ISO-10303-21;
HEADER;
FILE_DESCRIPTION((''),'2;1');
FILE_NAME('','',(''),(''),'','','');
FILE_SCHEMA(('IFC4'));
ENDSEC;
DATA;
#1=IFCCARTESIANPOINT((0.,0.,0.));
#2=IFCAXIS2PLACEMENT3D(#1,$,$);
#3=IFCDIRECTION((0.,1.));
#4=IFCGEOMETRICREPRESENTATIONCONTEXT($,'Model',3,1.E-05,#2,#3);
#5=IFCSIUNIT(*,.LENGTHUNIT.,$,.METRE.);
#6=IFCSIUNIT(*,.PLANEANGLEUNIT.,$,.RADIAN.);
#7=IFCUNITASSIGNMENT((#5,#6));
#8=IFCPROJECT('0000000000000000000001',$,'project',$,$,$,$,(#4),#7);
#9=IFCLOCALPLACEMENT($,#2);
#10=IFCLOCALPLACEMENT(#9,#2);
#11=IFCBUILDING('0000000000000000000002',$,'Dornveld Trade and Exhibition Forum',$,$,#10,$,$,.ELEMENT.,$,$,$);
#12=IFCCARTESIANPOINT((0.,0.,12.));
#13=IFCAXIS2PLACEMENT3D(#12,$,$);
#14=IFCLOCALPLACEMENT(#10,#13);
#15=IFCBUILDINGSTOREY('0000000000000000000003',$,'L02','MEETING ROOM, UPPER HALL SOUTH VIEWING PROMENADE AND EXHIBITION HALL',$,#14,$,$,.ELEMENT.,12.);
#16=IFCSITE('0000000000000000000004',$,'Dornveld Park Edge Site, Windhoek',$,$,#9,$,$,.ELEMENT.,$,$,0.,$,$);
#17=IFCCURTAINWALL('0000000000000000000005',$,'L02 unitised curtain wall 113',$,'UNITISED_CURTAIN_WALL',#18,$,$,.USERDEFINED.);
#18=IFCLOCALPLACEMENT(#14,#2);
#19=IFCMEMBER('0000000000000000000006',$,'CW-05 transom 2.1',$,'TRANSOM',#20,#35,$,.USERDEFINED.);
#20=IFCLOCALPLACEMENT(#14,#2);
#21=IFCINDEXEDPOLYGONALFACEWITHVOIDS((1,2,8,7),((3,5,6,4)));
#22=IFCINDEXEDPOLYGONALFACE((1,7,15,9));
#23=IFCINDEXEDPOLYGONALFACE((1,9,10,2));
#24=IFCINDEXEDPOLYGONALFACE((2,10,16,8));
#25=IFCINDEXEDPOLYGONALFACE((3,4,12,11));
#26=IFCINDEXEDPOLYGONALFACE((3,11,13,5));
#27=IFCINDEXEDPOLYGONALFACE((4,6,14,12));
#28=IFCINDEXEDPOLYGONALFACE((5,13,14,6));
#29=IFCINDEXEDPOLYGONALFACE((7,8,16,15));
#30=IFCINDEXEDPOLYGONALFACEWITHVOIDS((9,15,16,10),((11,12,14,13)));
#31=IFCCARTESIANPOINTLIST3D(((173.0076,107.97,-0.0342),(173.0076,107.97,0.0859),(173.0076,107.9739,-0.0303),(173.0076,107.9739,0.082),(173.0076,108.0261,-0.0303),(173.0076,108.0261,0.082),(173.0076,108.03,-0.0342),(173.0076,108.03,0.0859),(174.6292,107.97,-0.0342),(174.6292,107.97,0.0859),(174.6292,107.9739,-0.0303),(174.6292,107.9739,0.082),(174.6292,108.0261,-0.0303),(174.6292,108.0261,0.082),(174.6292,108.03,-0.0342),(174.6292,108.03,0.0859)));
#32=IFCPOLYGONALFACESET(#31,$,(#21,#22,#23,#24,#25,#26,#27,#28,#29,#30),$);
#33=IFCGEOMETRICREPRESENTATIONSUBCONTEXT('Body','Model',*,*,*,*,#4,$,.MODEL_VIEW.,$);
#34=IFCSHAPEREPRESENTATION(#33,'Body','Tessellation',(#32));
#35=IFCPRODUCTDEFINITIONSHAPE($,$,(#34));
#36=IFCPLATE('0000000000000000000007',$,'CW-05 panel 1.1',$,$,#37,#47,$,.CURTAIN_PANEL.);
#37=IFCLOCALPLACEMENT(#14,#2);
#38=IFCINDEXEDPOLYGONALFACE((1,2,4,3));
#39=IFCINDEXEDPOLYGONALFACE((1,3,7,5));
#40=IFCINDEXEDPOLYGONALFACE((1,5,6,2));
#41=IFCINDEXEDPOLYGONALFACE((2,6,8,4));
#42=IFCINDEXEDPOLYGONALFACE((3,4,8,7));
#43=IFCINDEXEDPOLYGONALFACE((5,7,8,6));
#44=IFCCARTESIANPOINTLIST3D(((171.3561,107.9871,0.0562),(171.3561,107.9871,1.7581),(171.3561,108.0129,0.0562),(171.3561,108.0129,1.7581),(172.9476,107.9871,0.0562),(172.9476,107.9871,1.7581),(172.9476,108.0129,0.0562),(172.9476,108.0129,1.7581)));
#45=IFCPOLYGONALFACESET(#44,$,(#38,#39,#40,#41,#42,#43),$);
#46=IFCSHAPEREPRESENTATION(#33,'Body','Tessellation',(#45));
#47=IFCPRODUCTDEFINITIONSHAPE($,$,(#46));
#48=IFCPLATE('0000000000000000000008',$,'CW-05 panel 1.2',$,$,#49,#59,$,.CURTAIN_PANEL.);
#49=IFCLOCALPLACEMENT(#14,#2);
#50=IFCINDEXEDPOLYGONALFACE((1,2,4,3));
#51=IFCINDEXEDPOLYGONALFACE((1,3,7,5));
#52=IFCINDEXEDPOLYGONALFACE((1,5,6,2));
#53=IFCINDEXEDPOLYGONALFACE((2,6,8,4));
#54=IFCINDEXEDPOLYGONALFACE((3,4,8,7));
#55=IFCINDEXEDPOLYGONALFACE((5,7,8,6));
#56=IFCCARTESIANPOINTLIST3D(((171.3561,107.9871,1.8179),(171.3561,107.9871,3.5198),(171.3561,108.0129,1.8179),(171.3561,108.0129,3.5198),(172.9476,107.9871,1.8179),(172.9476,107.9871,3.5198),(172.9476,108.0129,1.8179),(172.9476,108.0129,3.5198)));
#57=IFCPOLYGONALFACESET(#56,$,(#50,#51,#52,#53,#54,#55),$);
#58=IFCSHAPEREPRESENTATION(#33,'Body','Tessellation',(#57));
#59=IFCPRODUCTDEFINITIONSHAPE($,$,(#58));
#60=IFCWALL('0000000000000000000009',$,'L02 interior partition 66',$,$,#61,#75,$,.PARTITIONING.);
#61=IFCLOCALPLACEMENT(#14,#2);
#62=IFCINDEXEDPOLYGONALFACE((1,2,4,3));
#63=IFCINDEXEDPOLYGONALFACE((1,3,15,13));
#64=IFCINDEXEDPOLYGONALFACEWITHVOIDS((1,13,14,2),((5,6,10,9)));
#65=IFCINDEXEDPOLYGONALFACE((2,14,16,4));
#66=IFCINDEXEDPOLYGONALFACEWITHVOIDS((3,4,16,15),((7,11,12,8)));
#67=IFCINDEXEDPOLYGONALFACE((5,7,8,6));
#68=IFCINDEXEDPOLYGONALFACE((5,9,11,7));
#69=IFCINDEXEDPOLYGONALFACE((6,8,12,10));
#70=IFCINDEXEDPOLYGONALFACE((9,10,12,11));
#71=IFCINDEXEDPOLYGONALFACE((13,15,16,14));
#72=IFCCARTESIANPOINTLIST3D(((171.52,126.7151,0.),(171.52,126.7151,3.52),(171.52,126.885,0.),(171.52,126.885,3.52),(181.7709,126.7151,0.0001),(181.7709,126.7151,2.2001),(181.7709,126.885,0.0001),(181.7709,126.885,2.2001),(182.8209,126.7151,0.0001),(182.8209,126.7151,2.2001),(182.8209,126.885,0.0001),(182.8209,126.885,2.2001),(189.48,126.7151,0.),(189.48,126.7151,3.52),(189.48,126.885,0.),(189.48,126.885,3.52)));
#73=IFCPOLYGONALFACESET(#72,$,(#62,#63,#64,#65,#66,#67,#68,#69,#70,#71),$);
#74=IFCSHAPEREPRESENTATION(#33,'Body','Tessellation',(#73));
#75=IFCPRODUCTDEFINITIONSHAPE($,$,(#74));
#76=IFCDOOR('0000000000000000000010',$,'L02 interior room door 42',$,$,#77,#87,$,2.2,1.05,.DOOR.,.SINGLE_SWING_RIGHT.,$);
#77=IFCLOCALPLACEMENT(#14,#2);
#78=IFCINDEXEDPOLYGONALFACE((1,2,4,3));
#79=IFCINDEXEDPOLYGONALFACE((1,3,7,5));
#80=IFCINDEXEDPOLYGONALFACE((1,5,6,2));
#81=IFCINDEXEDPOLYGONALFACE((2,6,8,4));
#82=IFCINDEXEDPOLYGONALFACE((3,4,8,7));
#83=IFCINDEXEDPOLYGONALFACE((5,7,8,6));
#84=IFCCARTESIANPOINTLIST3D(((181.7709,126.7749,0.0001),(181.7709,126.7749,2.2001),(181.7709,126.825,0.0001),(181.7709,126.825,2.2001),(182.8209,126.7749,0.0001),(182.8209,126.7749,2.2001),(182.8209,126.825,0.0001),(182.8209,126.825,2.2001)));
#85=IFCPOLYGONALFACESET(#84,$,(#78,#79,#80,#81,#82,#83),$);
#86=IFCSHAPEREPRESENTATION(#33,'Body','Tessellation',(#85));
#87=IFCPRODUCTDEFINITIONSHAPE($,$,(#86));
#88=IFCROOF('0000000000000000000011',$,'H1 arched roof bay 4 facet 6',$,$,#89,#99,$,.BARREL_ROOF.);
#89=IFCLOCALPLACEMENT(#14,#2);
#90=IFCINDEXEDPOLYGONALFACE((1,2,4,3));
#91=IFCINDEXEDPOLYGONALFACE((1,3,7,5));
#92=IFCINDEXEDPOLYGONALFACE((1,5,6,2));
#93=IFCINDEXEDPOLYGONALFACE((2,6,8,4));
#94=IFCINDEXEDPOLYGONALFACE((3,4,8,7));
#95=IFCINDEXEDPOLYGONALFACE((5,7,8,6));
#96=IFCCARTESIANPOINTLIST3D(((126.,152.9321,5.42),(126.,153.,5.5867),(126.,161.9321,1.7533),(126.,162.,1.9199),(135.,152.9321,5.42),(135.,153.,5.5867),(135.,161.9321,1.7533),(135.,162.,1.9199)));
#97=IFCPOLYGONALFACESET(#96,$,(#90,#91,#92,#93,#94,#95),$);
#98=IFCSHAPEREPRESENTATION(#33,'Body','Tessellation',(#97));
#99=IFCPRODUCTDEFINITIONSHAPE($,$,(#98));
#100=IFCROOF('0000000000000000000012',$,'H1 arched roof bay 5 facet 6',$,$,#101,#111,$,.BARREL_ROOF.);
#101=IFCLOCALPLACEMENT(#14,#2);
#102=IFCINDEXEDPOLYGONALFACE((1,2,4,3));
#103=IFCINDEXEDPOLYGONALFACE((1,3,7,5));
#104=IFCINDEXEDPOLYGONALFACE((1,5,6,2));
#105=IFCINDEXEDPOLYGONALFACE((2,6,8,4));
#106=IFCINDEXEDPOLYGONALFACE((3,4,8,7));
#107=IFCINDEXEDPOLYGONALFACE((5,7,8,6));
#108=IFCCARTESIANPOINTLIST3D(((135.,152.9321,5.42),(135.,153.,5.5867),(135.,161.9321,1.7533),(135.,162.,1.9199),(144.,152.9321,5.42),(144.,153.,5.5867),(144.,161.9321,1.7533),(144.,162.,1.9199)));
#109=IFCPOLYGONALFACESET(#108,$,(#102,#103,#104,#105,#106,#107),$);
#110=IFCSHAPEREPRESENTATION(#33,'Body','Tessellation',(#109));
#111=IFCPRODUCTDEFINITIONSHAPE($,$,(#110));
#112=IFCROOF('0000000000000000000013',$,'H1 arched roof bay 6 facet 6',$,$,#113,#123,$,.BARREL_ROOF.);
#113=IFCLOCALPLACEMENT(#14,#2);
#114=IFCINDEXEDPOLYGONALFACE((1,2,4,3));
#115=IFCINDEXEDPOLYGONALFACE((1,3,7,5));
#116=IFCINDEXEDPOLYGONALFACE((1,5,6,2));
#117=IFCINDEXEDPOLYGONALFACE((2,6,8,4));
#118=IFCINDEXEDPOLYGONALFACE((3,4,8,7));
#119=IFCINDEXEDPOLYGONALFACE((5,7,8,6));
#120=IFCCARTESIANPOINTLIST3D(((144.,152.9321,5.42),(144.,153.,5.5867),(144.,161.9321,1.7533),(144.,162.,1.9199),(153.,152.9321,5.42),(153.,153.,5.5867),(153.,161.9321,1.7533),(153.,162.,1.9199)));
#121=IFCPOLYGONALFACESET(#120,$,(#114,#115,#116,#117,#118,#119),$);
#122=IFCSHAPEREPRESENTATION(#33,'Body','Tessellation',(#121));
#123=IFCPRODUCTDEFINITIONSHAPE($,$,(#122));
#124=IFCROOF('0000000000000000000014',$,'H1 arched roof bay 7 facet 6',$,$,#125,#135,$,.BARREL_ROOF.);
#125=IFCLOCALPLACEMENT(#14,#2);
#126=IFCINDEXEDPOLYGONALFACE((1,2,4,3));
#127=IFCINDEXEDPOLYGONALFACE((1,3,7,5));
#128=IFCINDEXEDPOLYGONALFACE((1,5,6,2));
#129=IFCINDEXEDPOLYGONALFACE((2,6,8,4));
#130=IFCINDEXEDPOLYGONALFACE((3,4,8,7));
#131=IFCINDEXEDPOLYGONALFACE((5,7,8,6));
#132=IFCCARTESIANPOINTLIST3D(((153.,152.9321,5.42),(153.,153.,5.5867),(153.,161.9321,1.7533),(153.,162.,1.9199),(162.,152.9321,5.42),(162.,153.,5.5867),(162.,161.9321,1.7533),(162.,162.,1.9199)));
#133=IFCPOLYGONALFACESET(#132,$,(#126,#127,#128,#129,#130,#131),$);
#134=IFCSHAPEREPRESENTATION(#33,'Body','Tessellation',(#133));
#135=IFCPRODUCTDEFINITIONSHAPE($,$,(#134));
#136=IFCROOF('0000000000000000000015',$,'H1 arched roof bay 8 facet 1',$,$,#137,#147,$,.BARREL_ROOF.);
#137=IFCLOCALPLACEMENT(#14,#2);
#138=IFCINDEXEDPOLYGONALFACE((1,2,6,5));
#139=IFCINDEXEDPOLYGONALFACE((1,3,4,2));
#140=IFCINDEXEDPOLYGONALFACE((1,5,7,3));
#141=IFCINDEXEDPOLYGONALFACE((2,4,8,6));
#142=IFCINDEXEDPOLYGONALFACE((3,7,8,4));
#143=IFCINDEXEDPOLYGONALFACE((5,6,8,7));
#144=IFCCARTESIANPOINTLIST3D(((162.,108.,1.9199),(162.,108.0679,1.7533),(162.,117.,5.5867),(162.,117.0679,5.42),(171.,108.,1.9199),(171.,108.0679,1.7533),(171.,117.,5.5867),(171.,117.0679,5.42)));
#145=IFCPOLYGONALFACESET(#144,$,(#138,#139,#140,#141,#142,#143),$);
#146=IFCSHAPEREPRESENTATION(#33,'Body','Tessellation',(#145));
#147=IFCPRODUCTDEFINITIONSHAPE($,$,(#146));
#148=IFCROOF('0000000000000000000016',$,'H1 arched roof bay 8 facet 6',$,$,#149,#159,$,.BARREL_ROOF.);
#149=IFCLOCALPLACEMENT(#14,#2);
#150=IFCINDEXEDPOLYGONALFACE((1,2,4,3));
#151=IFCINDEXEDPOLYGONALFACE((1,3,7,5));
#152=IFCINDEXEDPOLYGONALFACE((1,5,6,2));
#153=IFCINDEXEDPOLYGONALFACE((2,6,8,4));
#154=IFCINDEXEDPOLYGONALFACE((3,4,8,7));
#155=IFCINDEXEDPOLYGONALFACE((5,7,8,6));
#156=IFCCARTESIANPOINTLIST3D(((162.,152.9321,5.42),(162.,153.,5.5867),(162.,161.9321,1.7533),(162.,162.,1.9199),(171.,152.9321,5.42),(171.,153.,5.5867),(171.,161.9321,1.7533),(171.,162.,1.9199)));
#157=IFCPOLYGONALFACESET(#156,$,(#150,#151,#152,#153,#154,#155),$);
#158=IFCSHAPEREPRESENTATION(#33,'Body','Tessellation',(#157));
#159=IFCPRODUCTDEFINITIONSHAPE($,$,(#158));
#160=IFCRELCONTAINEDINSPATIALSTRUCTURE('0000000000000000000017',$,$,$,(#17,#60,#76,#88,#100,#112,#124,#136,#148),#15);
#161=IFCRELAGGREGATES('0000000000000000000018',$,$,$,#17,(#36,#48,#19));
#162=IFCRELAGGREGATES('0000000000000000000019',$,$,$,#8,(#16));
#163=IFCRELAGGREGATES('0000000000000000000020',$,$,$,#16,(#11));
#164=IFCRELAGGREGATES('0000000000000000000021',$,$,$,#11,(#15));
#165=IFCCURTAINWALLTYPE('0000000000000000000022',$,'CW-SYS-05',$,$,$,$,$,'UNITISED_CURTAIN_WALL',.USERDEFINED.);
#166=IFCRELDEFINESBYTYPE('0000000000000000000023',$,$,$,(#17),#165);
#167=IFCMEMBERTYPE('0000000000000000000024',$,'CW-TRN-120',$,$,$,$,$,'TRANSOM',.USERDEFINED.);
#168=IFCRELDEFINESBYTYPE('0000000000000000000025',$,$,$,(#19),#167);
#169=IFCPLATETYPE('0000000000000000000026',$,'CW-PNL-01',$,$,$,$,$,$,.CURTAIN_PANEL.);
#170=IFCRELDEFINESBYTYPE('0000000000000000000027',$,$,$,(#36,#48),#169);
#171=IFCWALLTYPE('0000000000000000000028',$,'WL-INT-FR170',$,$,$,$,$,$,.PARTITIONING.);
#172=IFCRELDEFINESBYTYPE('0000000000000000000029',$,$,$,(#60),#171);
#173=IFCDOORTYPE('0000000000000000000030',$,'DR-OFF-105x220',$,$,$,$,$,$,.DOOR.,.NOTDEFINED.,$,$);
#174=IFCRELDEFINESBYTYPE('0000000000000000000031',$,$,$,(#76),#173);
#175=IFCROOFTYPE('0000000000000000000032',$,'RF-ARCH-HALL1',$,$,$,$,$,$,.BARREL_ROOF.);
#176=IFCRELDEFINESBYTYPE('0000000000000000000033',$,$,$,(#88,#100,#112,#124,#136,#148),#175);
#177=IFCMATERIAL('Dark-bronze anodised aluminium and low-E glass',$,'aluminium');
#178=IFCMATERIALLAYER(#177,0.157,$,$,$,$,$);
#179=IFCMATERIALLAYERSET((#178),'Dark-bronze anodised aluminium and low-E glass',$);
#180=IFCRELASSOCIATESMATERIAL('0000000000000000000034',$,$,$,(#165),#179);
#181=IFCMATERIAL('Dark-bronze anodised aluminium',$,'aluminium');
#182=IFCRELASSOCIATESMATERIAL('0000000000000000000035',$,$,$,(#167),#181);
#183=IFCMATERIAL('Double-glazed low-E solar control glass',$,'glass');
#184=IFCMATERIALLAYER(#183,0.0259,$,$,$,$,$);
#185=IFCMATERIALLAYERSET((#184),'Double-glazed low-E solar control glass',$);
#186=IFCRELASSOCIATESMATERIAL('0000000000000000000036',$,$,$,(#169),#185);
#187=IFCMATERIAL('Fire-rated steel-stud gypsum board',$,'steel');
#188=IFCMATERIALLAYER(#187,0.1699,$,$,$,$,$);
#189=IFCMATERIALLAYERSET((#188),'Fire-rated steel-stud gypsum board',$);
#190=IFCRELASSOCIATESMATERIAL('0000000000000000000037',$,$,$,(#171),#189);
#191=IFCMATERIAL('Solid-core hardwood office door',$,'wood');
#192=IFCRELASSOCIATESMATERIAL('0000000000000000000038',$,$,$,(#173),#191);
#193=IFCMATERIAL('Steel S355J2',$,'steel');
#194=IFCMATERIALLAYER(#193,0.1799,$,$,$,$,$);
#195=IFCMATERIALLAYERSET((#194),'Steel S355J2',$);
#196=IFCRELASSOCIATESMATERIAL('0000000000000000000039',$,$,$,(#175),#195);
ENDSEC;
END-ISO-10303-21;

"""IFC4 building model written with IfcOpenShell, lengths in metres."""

from ifc_helpers import new_model, si_unit, direction, frame, frame_2d, origin, origin_2d, place, context, subcontext, project, spatial, polyline, rectangle, hollow_rectangle, outline, extrude, material, layer, layer_set, material_profile, profile_set, type_object, element, fill, aggregate, save


model = new_model("IFC4")

# Units and contexts
model_context = context("Model", 3, precision=1e-05, world=origin(), true_north=direction((0.0, 1.0)))
body_context = subcontext(model_context, "Body", "Model", "MODEL_VIEW")
ifc_project = project(units=[si_unit("LENGTHUNIT", "METRE"), si_unit("PLANEANGLEUNIT", "RADIAN")], contexts=[model_context])

# Site, building, storey
site_placement = place(None, origin())
site = spatial("IfcSite", under=ifc_project, at=site_placement, Name="Dornveld Park Edge Site, Windhoek", CompositionType="ELEMENT", RefElevation=0.0)
building_placement = place(site_placement, origin())
building = spatial("IfcBuilding", under=site, at=building_placement, Name="Dornveld Trade and Exhibition Forum", CompositionType="ELEMENT")
storey_placement = place(building_placement, frame((0.0, 0.0, 12.0)))
storey = spatial("IfcBuildingStorey", under=building, at=storey_placement, Name="L02", Description="MEETING ROOM, UPPER HALL SOUTH VIEWING PROMENADE AND EXHIBITION HALL", CompositionType="ELEMENT", Elevation=12.0)

# Curtain wall, member, plates
ifc_material_1 = material(Name="Dark-bronze anodised aluminium and low-E glass", Category="aluminium")
ifc_layer_1 = layer(ifc_material_1, 0.157)
ifc_layer_set_1 = layer_set([ifc_layer_1], Name="Dark-bronze anodised aluminium and low-E glass")
curtain_wall_type = type_object("IfcCurtainWallType", Name="CW-SYS-05", ElementType="UNITISED_CURTAIN_WALL", PredefinedType="USERDEFINED", material=ifc_layer_set_1)
curtain_wall_placement = place(storey_placement, origin())
curtain_wall = element("IfcCurtainWall", 1, at=curtain_wall_placement, inside=storey, type_object=curtain_wall_type, Name="L02 unitised curtain wall 113", ObjectType="UNITISED_CURTAIN_WALL", PredefinedType="USERDEFINED")
ifc_material_2 = material(Name="Dark-bronze anodised aluminium", Category="aluminium")
ifc_material_profile_1 = material_profile(ifc_material_2, hollow_rectangle(XDim=0.0601, YDim=0.1201, WallThickness=0.0039, at=origin_2d()), Name="RHS 120x60x4")
ifc_profile_set_1 = profile_set([ifc_material_profile_1], Name="Dark-bronze anodised aluminium")
member_type_1 = type_object("IfcMemberType", Name="CW-TRN-120", ElementType="TRANSOM", PredefinedType="USERDEFINED", material=ifc_profile_set_1)
member_1_placement = place(storey_placement, frame((173.0076, 108.0, 0.0259), z_axis=(1.0, 0.0, 0.0), x_axis=(0.0, 1.0, 0.0)))
member_1 = element("IfcMember", 2, at=member_1_placement, type_object=member_type_1, Name="CW-05 transom 2.1", ObjectType="TRANSOM", PredefinedType="USERDEFINED", context=body_context, shape_type="SweptSolid", body=[
    extrude(hollow_rectangle(XDim=0.0601, YDim=0.1201, WallThickness=0.0039, at=origin_2d()), origin(), (0.0, 0.0, 1.0), 1.6216),
])
ifc_material_3 = material(Name="Double-glazed low-E solar control glass", Category="glass")
ifc_layer_2 = layer(ifc_material_3, 0.0259)
ifc_layer_set_2 = layer_set([ifc_layer_2], Name="Double-glazed low-E solar control glass")
plate_type = type_object("IfcPlateType", Name="CW-PNL-01", PredefinedType="CURTAIN_PANEL", material=ifc_layer_set_2)
plate_1_placement = place(storey_placement, frame((172.1519, 108.0, 0.0562), z_axis=(0.0, 0.0, 1.0), x_axis=(1.0, 0.0, 0.0)))
plate_1 = element("IfcPlate", 3, at=plate_1_placement, type_object=plate_type, Name="CW-05 panel 1.1", PredefinedType="CURTAIN_PANEL", context=body_context, shape_type="SweptSolid", body=[
    extrude(rectangle(XDim=1.5916, YDim=0.0259, at=origin_2d()), origin(), (0.0, 0.0, 1.0), 1.7019),
])
plate_2_placement = place(storey_placement, frame((172.1519, 108.0, 1.8179), z_axis=(0.0, 0.0, 1.0), x_axis=(1.0, 0.0, 0.0)))
plate_2 = element("IfcPlate", 4, at=plate_2_placement, type_object=plate_type, Name="CW-05 panel 1.2", PredefinedType="CURTAIN_PANEL", context=body_context, shape_type="SweptSolid", body=[
    extrude(rectangle(XDim=1.5916, YDim=0.0259, at=origin_2d()), origin(), (0.0, 0.0, 1.0), 1.7019),
])
aggregate(curtain_wall, [plate_1, plate_2, member_1])

# Wall, opening, door
ifc_material_4 = material(Name="Fire-rated steel-stud gypsum board", Category="steel")
ifc_layer_3 = layer(ifc_material_4, 0.1699)
ifc_layer_set_3 = layer_set([ifc_layer_3], Name="Fire-rated steel-stud gypsum board")
wall_type = type_object("IfcWallType", Name="WL-INT-FR170", PredefinedType="PARTITIONING", material=ifc_layer_set_3)
wall_placement = place(storey_placement, frame((171.52, 126.8, 0.0), z_axis=(0.0, 0.0, 1.0), x_axis=(1.0, 0.0, 0.0)))
wall = element("IfcWall", 5, at=wall_placement, inside=storey, type_object=wall_type, Name="L02 interior partition 66", PredefinedType="PARTITIONING", context=body_context, shape_type="SweptSolid", body=[
    extrude(rectangle(XDim=17.96, YDim=0.1699, at=frame_2d((8.98, 0.0))), origin(), (0.0, 0.0, 1.0), 3.52),
])
opening_placement = place(wall_placement, frame((10.251, 0.0, 0.0)))
opening = element("IfcOpeningElement", 6, at=opening_placement, cuts=wall, PredefinedType="OPENING", context=body_context, shape_type="SweptSolid", body=[
    extrude(rectangle(XDim=1.05, YDim=2.2, at=frame_2d((0.5249, 1.1001))), frame((0.0, 0.095, 0.0), z_axis=(0.0, -1.0, 0.0), x_axis=(1.0, 0.0, 0.0)), (0.0, 0.0, 1.0), 0.1899),
])
ifc_material_5 = material(Name="Solid-core hardwood office door", Category="wood")
door_type = type_object("IfcDoorType", Name="DR-OFF-105x220", OperationType="NOTDEFINED", PredefinedType="DOOR", material=ifc_material_5)
door_placement = place(opening_placement, origin())
door = element("IfcDoor", 7, at=door_placement, inside=storey, type_object=door_type, Name="L02 interior room door 42", OperationType="SINGLE_SWING_RIGHT", OverallHeight=2.2, OverallWidth=1.05, PredefinedType="DOOR", context=body_context, shape_type="SweptSolid", body=[
    extrude(rectangle(XDim=1.05, YDim=2.2, at=frame_2d((0.5249, 1.1001))), frame((0.0, 0.0249, 0.0), z_axis=(0.0, -1.0, 0.0), x_axis=(1.0, 0.0, 0.0)), (0.0, 0.0, 1.0), 0.05),
])
fill(opening, door)

# Roofs
ifc_material_6 = material(Name="Steel S355J2", Category="steel")
ifc_layer_4 = layer(ifc_material_6, 0.1799)
ifc_layer_set_4 = layer_set([ifc_layer_4], Name="Steel S355J2")
roof_type = type_object("IfcRoofType", Name="RF-ARCH-HALL1", PredefinedType="BARREL_ROOF", material=ifc_layer_set_4)
for number, where, z_axis, x_axis, name in (
    (8, (126.0, 153.0, 5.5867), (0.0, 0.377304, 0.926089), (1.0, 0.0, 0.0), "H1 arched roof bay 4 facet 6"),
    (9, (135.0, 153.0, 5.5867), (0.0, 0.377304, 0.926089), (1.0, 0.0, 0.0), "H1 arched roof bay 5 facet 6"),
    (10, (144.0, 153.0, 5.5867), (0.0, 0.377304, 0.926089), (1.0, 0.0, 0.0), "H1 arched roof bay 6 facet 6"),
    (11, (153.0, 153.0, 5.5867), (0.0, 0.377304, 0.926089), (1.0, 0.0, 0.0), "H1 arched roof bay 7 facet 6"),
    (12, (162.0, 108.0, 1.9199), (0.0, -0.377304, 0.926089), (1.0, 0.0, 0.0), "H1 arched roof bay 8 facet 1"),
    (13, (162.0, 153.0, 5.5867), (0.0, 0.377304, 0.926089), (1.0, 0.0, 0.0), "H1 arched roof bay 8 facet 6"),
):
    element("IfcRoof", number, at=place(storey_placement, frame(where, z_axis=z_axis, x_axis=x_axis)), inside=storey, type_object=roof_type, Name=name, PredefinedType="BARREL_ROOF", context=body_context, shape_type="SweptSolid", body=[
        extrude(outline(polyline([(0.0, 0.0), (9.0, 0.0), (9.0, 9.7183), (0.0, 9.7183), (0.0, 0.0)])), origin(), (0.0, 0.0, -1.0), 0.1799),
    ])

save(model, "model.ifc")
